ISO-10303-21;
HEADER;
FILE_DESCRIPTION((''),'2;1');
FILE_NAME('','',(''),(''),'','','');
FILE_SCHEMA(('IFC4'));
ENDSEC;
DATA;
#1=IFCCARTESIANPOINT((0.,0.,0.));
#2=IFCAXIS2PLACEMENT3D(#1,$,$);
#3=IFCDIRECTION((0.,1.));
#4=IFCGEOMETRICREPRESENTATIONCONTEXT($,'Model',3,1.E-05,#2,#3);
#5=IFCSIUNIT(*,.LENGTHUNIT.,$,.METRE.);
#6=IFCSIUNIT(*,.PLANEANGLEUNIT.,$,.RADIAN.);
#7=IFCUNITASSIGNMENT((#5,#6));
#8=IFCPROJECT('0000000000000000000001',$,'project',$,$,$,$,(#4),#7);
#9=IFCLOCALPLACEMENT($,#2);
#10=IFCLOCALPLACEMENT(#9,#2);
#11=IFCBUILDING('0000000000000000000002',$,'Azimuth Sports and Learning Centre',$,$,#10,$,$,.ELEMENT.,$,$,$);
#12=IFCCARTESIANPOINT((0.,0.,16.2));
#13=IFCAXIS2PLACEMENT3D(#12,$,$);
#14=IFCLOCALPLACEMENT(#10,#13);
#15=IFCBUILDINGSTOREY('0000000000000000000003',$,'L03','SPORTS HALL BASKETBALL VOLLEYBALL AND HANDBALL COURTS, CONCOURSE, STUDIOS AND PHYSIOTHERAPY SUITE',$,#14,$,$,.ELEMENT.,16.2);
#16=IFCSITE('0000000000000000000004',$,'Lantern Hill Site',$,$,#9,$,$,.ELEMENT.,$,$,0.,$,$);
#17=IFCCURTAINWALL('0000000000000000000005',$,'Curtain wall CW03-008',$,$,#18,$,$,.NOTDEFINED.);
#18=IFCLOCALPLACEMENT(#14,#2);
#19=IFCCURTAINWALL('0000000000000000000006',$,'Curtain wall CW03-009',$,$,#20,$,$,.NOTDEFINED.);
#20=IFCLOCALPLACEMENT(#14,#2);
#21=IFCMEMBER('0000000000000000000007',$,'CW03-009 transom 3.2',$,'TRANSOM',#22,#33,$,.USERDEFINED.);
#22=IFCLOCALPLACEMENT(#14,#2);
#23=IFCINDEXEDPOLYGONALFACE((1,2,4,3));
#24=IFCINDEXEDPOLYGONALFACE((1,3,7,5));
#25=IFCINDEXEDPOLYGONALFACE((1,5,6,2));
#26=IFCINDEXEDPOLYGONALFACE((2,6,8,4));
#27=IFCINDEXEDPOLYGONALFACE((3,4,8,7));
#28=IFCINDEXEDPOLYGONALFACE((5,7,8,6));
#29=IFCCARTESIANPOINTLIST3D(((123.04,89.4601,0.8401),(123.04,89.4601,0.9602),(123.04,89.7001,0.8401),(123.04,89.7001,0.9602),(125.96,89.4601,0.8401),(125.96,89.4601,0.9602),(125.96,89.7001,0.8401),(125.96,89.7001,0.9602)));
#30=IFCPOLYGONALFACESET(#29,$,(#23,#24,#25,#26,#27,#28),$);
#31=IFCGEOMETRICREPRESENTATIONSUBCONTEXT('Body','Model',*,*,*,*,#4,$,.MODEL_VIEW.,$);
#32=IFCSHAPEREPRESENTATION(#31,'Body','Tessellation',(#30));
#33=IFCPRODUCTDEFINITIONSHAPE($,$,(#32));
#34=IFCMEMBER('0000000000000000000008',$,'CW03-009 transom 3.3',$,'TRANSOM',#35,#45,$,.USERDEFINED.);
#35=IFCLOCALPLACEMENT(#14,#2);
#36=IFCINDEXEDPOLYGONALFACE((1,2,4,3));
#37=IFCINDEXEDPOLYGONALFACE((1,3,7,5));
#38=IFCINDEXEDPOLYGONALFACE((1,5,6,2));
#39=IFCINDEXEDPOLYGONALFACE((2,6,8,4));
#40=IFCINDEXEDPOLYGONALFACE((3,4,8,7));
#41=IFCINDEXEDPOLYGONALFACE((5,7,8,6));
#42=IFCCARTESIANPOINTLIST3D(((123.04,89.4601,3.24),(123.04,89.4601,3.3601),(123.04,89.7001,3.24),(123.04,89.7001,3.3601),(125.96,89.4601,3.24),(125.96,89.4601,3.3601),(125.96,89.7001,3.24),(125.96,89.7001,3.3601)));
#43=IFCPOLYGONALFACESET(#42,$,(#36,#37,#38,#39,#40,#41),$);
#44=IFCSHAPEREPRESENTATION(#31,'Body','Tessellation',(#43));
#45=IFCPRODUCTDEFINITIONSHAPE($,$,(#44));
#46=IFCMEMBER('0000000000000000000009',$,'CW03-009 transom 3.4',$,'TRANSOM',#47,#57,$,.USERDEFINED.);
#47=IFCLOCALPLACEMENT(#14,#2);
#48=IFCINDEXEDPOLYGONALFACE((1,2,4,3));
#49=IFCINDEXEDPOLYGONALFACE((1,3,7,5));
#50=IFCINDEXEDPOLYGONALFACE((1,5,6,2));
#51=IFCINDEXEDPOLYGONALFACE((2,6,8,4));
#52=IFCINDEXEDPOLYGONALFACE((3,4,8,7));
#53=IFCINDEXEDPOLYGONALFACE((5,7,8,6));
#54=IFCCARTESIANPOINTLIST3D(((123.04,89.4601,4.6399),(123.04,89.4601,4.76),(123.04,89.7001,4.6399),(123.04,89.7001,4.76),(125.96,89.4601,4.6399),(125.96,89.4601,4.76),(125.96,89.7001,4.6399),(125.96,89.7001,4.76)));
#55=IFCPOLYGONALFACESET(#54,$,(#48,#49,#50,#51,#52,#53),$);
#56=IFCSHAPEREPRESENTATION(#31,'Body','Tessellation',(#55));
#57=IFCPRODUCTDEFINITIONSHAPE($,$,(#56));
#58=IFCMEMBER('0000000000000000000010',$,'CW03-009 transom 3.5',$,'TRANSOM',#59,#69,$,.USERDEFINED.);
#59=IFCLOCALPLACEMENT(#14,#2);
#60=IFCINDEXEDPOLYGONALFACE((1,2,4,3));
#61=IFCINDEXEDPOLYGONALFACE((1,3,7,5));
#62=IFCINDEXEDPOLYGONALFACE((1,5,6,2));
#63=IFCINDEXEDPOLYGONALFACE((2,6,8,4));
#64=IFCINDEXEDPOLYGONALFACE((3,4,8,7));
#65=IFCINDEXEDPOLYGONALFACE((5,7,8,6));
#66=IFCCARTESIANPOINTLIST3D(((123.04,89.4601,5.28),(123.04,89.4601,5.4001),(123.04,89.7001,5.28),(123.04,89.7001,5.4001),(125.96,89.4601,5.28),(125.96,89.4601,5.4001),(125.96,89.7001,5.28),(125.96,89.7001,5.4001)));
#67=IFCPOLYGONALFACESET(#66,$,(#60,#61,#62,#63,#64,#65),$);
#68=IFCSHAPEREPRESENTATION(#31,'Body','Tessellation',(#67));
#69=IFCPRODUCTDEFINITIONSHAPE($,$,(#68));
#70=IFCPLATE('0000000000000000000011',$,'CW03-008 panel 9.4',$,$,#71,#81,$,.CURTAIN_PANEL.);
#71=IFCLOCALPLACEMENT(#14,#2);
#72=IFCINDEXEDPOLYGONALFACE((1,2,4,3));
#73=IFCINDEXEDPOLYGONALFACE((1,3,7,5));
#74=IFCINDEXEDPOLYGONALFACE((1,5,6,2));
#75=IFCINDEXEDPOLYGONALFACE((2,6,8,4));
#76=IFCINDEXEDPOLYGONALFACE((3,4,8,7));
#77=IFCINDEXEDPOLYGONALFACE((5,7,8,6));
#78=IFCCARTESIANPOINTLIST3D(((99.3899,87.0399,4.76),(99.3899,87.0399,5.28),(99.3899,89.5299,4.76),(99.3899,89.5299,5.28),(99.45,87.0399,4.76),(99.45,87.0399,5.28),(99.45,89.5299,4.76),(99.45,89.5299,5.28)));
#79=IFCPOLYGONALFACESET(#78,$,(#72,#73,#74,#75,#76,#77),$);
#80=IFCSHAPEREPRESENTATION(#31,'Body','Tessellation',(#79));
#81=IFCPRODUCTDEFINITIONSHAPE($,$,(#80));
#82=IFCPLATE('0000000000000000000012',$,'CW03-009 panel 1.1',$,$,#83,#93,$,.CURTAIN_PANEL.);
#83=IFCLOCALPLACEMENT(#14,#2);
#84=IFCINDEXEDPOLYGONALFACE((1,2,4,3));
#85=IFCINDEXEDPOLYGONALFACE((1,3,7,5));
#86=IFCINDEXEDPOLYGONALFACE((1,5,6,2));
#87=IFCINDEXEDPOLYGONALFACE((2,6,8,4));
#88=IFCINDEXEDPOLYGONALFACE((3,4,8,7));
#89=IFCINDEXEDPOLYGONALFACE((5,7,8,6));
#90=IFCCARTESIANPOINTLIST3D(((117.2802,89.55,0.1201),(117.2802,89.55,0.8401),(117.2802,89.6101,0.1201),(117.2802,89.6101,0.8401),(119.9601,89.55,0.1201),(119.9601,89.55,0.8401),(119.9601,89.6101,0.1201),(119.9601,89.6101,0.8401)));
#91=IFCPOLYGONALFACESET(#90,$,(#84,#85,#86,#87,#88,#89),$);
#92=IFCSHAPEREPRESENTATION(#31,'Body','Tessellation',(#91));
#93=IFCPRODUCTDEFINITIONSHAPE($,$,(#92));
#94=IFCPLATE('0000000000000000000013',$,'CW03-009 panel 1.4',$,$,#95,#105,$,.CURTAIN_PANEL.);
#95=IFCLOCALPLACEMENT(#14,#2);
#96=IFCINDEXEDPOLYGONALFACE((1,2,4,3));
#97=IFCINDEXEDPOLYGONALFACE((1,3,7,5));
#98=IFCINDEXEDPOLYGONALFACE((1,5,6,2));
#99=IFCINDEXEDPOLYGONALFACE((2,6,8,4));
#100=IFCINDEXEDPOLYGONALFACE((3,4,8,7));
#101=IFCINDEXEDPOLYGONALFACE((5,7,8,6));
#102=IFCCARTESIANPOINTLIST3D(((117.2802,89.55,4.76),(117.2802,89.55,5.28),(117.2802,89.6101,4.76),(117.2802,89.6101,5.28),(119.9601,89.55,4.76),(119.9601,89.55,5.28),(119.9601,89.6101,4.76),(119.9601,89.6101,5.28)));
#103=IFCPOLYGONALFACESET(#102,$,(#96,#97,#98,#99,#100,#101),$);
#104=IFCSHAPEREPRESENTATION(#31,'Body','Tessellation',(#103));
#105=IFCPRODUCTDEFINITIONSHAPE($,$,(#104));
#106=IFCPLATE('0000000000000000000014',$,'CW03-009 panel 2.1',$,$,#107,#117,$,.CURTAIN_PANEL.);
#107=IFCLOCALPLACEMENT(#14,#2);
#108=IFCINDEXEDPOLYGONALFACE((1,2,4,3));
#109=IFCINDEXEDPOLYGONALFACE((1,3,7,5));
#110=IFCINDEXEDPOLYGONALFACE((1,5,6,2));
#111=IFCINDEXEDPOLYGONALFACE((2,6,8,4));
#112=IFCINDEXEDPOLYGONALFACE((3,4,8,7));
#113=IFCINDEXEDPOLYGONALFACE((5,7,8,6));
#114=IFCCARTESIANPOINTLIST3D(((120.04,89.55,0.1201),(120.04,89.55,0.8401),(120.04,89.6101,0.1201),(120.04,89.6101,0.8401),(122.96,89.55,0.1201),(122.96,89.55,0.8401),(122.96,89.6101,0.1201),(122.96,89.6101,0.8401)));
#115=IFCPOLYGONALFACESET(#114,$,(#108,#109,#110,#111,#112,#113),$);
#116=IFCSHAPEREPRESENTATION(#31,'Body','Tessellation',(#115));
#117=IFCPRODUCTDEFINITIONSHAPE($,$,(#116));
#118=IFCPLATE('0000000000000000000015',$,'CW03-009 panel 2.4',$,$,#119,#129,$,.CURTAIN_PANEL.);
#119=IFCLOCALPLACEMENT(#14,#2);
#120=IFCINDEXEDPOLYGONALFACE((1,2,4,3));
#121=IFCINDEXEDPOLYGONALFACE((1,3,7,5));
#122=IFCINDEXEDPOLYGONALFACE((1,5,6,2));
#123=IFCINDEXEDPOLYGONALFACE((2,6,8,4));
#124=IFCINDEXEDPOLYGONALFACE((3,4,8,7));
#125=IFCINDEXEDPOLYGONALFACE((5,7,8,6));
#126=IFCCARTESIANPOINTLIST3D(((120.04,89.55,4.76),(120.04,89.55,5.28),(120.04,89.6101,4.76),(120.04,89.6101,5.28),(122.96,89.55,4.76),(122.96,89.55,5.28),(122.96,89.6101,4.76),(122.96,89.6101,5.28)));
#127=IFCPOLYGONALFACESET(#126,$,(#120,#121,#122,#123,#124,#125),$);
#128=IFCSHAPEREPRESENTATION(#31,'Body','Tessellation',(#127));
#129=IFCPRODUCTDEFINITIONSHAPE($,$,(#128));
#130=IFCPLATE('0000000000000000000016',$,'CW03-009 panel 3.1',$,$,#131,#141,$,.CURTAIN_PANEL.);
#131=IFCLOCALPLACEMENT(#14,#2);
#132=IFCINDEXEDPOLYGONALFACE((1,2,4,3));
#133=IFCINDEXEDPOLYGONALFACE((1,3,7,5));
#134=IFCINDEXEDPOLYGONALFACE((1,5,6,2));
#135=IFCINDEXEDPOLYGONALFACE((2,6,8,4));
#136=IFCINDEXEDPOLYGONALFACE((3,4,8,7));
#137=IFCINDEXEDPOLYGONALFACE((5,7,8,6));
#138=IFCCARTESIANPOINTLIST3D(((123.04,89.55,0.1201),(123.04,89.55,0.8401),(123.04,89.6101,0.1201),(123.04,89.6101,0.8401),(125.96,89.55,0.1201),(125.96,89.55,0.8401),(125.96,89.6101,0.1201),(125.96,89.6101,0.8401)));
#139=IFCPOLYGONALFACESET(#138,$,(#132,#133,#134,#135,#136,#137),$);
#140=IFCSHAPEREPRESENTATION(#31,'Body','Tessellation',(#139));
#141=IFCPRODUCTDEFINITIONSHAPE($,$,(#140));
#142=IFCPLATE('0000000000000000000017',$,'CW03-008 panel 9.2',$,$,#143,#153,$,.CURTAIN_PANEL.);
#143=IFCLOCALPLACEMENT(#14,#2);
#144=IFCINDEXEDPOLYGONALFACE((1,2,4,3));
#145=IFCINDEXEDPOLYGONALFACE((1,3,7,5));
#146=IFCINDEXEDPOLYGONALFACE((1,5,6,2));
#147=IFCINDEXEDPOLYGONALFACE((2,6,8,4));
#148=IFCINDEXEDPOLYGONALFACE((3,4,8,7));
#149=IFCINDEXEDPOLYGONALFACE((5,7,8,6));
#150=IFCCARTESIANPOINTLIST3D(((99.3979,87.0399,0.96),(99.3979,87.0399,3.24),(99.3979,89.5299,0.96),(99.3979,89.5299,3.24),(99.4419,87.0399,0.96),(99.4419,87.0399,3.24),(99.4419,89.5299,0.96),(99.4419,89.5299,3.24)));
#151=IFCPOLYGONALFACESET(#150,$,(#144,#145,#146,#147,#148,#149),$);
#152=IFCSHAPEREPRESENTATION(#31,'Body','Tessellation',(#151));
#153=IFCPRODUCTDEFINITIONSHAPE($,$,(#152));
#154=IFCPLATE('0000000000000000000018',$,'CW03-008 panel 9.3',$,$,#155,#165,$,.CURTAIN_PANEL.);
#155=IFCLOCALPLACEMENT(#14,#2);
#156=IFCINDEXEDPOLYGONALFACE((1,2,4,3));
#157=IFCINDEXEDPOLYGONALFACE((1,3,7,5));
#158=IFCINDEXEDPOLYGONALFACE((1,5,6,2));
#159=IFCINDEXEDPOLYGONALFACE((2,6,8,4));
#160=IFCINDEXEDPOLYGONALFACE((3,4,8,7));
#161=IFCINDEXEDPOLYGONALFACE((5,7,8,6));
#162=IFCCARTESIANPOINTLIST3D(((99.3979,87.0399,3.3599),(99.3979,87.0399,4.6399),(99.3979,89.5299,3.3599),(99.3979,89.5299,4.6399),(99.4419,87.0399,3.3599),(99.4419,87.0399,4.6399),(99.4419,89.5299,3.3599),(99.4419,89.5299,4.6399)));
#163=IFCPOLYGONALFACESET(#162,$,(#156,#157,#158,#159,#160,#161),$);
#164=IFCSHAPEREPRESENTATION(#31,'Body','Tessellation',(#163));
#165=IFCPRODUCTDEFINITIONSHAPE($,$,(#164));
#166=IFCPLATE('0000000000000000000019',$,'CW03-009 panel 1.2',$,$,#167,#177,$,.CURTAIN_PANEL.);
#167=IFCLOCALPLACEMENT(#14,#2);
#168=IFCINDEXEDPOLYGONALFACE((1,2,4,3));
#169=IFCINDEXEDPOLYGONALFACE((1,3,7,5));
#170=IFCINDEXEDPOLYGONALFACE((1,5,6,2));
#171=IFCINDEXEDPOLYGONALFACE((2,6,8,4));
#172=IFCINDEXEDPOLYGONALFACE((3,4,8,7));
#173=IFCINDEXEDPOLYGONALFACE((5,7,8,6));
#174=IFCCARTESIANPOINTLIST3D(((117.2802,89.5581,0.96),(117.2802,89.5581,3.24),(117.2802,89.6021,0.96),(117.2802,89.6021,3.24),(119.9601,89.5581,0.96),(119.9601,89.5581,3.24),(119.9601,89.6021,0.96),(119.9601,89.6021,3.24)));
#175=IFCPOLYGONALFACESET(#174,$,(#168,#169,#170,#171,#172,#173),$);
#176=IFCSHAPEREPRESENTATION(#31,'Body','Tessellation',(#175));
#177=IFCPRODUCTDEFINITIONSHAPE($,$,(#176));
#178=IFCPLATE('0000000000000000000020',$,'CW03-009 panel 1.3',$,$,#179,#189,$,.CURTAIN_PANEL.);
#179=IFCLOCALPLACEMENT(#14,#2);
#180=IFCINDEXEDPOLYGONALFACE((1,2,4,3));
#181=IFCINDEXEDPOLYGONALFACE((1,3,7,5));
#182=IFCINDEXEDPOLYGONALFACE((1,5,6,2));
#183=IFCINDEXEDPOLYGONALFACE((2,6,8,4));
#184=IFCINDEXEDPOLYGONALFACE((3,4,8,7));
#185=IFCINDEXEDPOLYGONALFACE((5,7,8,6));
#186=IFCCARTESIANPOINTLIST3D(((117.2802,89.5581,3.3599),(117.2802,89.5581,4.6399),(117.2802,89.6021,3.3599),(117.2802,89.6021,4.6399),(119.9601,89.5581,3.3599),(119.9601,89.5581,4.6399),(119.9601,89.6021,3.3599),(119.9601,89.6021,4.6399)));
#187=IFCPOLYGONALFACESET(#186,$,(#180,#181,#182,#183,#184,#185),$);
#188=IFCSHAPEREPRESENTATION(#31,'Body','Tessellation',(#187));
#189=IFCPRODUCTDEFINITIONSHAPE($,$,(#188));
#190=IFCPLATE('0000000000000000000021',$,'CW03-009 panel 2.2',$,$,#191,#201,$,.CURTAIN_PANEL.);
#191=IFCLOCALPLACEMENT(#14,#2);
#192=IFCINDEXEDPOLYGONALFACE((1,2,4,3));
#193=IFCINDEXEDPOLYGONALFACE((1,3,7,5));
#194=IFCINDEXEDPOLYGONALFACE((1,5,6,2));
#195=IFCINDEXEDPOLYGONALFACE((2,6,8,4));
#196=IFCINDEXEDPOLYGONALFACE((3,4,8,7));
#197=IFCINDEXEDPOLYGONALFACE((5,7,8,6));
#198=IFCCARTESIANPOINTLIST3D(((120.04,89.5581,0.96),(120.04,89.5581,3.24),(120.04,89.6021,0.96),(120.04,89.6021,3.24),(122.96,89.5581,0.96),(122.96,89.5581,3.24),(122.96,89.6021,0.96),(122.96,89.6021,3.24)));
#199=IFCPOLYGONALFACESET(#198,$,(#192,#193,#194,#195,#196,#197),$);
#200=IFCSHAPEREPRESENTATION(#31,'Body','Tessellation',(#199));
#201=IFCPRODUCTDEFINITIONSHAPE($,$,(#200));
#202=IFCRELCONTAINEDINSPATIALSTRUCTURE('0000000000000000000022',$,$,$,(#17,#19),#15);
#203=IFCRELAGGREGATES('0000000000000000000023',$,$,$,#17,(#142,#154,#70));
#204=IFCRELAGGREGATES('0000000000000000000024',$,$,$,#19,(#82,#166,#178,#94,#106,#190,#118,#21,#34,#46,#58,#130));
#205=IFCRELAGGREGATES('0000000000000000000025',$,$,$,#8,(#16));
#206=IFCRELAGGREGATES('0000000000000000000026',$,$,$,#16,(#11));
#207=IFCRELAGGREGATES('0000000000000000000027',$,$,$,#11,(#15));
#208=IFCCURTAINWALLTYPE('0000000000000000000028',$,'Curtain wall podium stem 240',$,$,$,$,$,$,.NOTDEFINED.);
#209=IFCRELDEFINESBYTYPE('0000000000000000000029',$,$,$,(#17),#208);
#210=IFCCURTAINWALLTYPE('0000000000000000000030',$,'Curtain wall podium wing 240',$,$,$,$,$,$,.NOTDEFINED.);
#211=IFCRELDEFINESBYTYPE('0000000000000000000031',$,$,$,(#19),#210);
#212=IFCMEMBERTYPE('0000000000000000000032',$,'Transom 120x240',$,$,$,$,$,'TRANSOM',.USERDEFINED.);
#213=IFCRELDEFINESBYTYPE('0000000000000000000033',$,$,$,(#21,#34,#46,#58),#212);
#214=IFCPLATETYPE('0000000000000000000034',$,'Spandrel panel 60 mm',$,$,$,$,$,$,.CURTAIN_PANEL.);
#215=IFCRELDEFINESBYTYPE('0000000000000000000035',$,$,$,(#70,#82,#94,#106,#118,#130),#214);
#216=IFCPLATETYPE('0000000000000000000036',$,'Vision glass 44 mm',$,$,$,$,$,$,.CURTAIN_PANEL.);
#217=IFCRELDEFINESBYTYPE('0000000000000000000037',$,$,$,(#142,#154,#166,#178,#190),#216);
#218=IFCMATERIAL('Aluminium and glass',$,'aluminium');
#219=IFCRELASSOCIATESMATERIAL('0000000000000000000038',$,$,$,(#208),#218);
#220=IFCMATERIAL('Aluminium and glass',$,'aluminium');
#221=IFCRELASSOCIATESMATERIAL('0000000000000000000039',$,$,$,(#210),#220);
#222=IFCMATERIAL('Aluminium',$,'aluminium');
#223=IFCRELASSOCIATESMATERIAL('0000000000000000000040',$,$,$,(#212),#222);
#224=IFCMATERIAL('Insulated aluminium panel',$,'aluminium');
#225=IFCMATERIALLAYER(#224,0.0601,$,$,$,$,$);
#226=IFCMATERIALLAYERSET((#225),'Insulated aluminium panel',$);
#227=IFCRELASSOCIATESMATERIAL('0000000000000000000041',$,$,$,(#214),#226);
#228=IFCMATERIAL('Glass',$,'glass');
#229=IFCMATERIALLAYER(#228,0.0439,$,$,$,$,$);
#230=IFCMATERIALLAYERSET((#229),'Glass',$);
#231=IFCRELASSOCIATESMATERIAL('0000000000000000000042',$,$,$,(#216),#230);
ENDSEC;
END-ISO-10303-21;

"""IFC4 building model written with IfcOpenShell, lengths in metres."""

from ifc_helpers import new_model, si_unit, direction, frame, origin, origin_2d, place, context, subcontext, project, spatial, rectangle, extrude, material, layer, layer_set, material_profile, profile_set, type_object, element, aggregate, save


model = new_model("IFC4")

# Units and contexts
model_context = context("Model", 3, precision=1e-05, world=origin(), true_north=direction((0.0, 1.0)))
body_context = subcontext(model_context, "Body", "Model", "MODEL_VIEW")
ifc_project = project(units=[si_unit("LENGTHUNIT", "METRE"), si_unit("PLANEANGLEUNIT", "RADIAN")], contexts=[model_context])

# Site, building, storey
site_placement = place(None, origin())
site = spatial("IfcSite", under=ifc_project, at=site_placement, Name="Lantern Hill Site", CompositionType="ELEMENT", RefElevation=0.0)
building_placement = place(site_placement, origin())
building = spatial("IfcBuilding", under=site, at=building_placement, Name="Azimuth Sports and Learning Centre", CompositionType="ELEMENT")
storey_placement = place(building_placement, frame((0.0, 0.0, 16.2)))
storey = spatial("IfcBuildingStorey", under=building, at=storey_placement, Name="L03", Description="SPORTS HALL BASKETBALL VOLLEYBALL AND HANDBALL COURTS, CONCOURSE, STUDIOS AND PHYSIOTHERAPY SUITE", CompositionType="ELEMENT", Elevation=16.2)

# Curtain wall
ifc_material_1 = material(Name="Aluminium and glass", Category="aluminium")
curtain_wall_type_1 = type_object("IfcCurtainWallType", Name="Curtain wall podium stem 240", PredefinedType="NOTDEFINED", material=ifc_material_1)
curtain_wall_1_placement = place(storey_placement, origin())
curtain_wall_1 = element("IfcCurtainWall", 1, at=curtain_wall_1_placement, inside=storey, type_object=curtain_wall_type_1, Name="Curtain wall CW03-008", PredefinedType="NOTDEFINED")

# Curtain wall, members
ifc_material_2 = material(Name="Aluminium and glass", Category="aluminium")
curtain_wall_type_2 = type_object("IfcCurtainWallType", Name="Curtain wall podium wing 240", PredefinedType="NOTDEFINED", material=ifc_material_2)
curtain_wall_2_placement = place(storey_placement, origin())
curtain_wall_2 = element("IfcCurtainWall", 2, at=curtain_wall_2_placement, inside=storey, type_object=curtain_wall_type_2, Name="Curtain wall CW03-009", PredefinedType="NOTDEFINED")
ifc_material_3 = material(Name="Aluminium", Category="aluminium")
ifc_material_profile_1 = material_profile(ifc_material_3, rectangle(XDim=0.24, YDim=0.1201, at=origin_2d()), Name="Transom 120x240")
ifc_profile_set_1 = profile_set([ifc_material_profile_1], Name="Aluminium")
member_type_1 = type_object("IfcMemberType", Name="Transom 120x240", ElementType="TRANSOM", PredefinedType="USERDEFINED", material=ifc_profile_set_1)
member_1_placement = place(storey_placement, frame((123.04, 89.5801, 0.9001), z_axis=(1.0, 0.0, 0.0), x_axis=(0.0, 1.0, 0.0)))
member_1 = element("IfcMember", 3, at=member_1_placement, type_object=member_type_1, Name="CW03-009 transom 3.2", ObjectType="TRANSOM", PredefinedType="USERDEFINED", context=body_context, shape_type="SweptSolid", body=[
    extrude(rectangle(XDim=0.24, YDim=0.1201, at=origin_2d()), origin(), (0.0, 0.0, 1.0), 2.9199),
])
member_2_placement = place(storey_placement, frame((123.04, 89.5801, 3.3), z_axis=(1.0, 0.0, 0.0), x_axis=(0.0, 1.0, 0.0)))
member_2 = element("IfcMember", 4, at=member_2_placement, type_object=member_type_1, Name="CW03-009 transom 3.3", ObjectType="TRANSOM", PredefinedType="USERDEFINED", context=body_context, shape_type="SweptSolid", body=[
    extrude(rectangle(XDim=0.24, YDim=0.1201, at=origin_2d()), origin(), (0.0, 0.0, 1.0), 2.9199),
])
member_3_placement = place(storey_placement, frame((123.04, 89.5801, 4.7), z_axis=(1.0, 0.0, 0.0), x_axis=(0.0, 1.0, 0.0)))
member_3 = element("IfcMember", 5, at=member_3_placement, type_object=member_type_1, Name="CW03-009 transom 3.4", ObjectType="TRANSOM", PredefinedType="USERDEFINED", context=body_context, shape_type="SweptSolid", body=[
    extrude(rectangle(XDim=0.24, YDim=0.1201, at=origin_2d()), origin(), (0.0, 0.0, 1.0), 2.9199),
])
member_4_placement = place(storey_placement, frame((123.04, 89.5801, 5.3401), z_axis=(1.0, 0.0, 0.0), x_axis=(0.0, 1.0, 0.0)))
member_4 = element("IfcMember", 6, at=member_4_placement, type_object=member_type_1, Name="CW03-009 transom 3.5", ObjectType="TRANSOM", PredefinedType="USERDEFINED", context=body_context, shape_type="SweptSolid", body=[
    extrude(rectangle(XDim=0.24, YDim=0.1201, at=origin_2d()), origin(), (0.0, 0.0, 1.0), 2.9199),
])

# Plates
ifc_material_4 = material(Name="Insulated aluminium panel", Category="aluminium")
ifc_layer_1 = layer(ifc_material_4, 0.0601)
ifc_layer_set_1 = layer_set([ifc_layer_1], Name="Insulated aluminium panel")
plate_type_1 = type_object("IfcPlateType", Name="Spandrel panel 60 mm", PredefinedType="CURTAIN_PANEL", material=ifc_layer_set_1)
plate_1_placement = place(storey_placement, frame((99.4199, 88.2849, 4.76), z_axis=(0.0, 0.0, 1.0), x_axis=(0.0, 1.0, 0.0)))
plate_1 = element("IfcPlate", 7, at=plate_1_placement, type_object=plate_type_1, Name="CW03-008 panel 9.4", PredefinedType="CURTAIN_PANEL", context=body_context, shape_type="SweptSolid", body=[
    extrude(rectangle(XDim=2.49, YDim=0.0601, at=origin_2d()), origin(), (0.0, 0.0, 1.0), 0.52),
])
plate_2_placement = place(storey_placement, frame((118.6201, 89.5801, 0.1201), z_axis=(0.0, 0.0, 1.0), x_axis=(1.0, 0.0, 0.0)))
plate_2 = element("IfcPlate", 8, at=plate_2_placement, type_object=plate_type_1, Name="CW03-009 panel 1.1", PredefinedType="CURTAIN_PANEL", context=body_context, shape_type="SweptSolid", body=[
    extrude(rectangle(XDim=2.6799, YDim=0.0601, at=origin_2d()), origin(), (0.0, 0.0, 1.0), 0.72),
])
plate_3_placement = place(storey_placement, frame((118.6201, 89.5801, 4.76), z_axis=(0.0, 0.0, 1.0), x_axis=(1.0, 0.0, 0.0)))
plate_3 = element("IfcPlate", 9, at=plate_3_placement, type_object=plate_type_1, Name="CW03-009 panel 1.4", PredefinedType="CURTAIN_PANEL", context=body_context, shape_type="SweptSolid", body=[
    extrude(rectangle(XDim=2.6799, YDim=0.0601, at=origin_2d()), origin(), (0.0, 0.0, 1.0), 0.52),
])
plate_4_placement = place(storey_placement, frame((121.5, 89.5801, 0.1201), z_axis=(0.0, 0.0, 1.0), x_axis=(1.0, 0.0, 0.0)))
plate_4 = element("IfcPlate", 10, at=plate_4_placement, type_object=plate_type_1, Name="CW03-009 panel 2.1", PredefinedType="CURTAIN_PANEL", context=body_context, shape_type="SweptSolid", body=[
    extrude(rectangle(XDim=2.9199, YDim=0.0601, at=origin_2d()), origin(), (0.0, 0.0, 1.0), 0.72),
])
plate_5_placement = place(storey_placement, frame((121.5, 89.5801, 4.76), z_axis=(0.0, 0.0, 1.0), x_axis=(1.0, 0.0, 0.0)))
plate_5 = element("IfcPlate", 11, at=plate_5_placement, type_object=plate_type_1, Name="CW03-009 panel 2.4", PredefinedType="CURTAIN_PANEL", context=body_context, shape_type="SweptSolid", body=[
    extrude(rectangle(XDim=2.9199, YDim=0.0601, at=origin_2d()), origin(), (0.0, 0.0, 1.0), 0.52),
])
plate_6_placement = place(storey_placement, frame((124.5, 89.5801, 0.1201), z_axis=(0.0, 0.0, 1.0), x_axis=(1.0, 0.0, 0.0)))
plate_6 = element("IfcPlate", 12, at=plate_6_placement, type_object=plate_type_1, Name="CW03-009 panel 3.1", PredefinedType="CURTAIN_PANEL", context=body_context, shape_type="SweptSolid", body=[
    extrude(rectangle(XDim=2.9199, YDim=0.0601, at=origin_2d()), origin(), (0.0, 0.0, 1.0), 0.72),
])
ifc_material_5 = material(Name="Glass", Category="glass")
ifc_layer_2 = layer(ifc_material_5, 0.0439)
ifc_layer_set_2 = layer_set([ifc_layer_2], Name="Glass")
plate_type_2 = type_object("IfcPlateType", Name="Vision glass 44 mm", PredefinedType="CURTAIN_PANEL", material=ifc_layer_set_2)
plate_7_placement = place(storey_placement, frame((99.4199, 88.2849, 0.96), z_axis=(0.0, 0.0, 1.0), x_axis=(0.0, 1.0, 0.0)))
plate_7 = element("IfcPlate", 13, at=plate_7_placement, type_object=plate_type_2, Name="CW03-008 panel 9.2", PredefinedType="CURTAIN_PANEL", context=body_context, shape_type="SweptSolid", body=[
    extrude(rectangle(XDim=2.49, YDim=0.0439, at=origin_2d()), origin(), (0.0, 0.0, 1.0), 2.28),
])
plate_8_placement = place(storey_placement, frame((99.4199, 88.2849, 3.3599), z_axis=(0.0, 0.0, 1.0), x_axis=(0.0, 1.0, 0.0)))
plate_8 = element("IfcPlate", 14, at=plate_8_placement, type_object=plate_type_2, Name="CW03-008 panel 9.3", PredefinedType="CURTAIN_PANEL", context=body_context, shape_type="SweptSolid", body=[
    extrude(rectangle(XDim=2.49, YDim=0.0439, at=origin_2d()), origin(), (0.0, 0.0, 1.0), 1.28),
])
aggregate(curtain_wall_1, [plate_7, plate_8, plate_1])
plate_9_placement = place(storey_placement, frame((118.6201, 89.5801, 0.96), z_axis=(0.0, 0.0, 1.0), x_axis=(1.0, 0.0, 0.0)))
plate_9 = element("IfcPlate", 15, at=plate_9_placement, type_object=plate_type_2, Name="CW03-009 panel 1.2", PredefinedType="CURTAIN_PANEL", context=body_context, shape_type="SweptSolid", body=[
    extrude(rectangle(XDim=2.6799, YDim=0.0439, at=origin_2d()), origin(), (0.0, 0.0, 1.0), 2.28),
])
plate_10_placement = place(storey_placement, frame((118.6201, 89.5801, 3.3599), z_axis=(0.0, 0.0, 1.0), x_axis=(1.0, 0.0, 0.0)))
plate_10 = element("IfcPlate", 16, at=plate_10_placement, type_object=plate_type_2, Name="CW03-009 panel 1.3", PredefinedType="CURTAIN_PANEL", context=body_context, shape_type="SweptSolid", body=[
    extrude(rectangle(XDim=2.6799, YDim=0.0439, at=origin_2d()), origin(), (0.0, 0.0, 1.0), 1.28),
])
plate_11_placement = place(storey_placement, frame((121.5, 89.5801, 0.96), z_axis=(0.0, 0.0, 1.0), x_axis=(1.0, 0.0, 0.0)))
plate_11 = element("IfcPlate", 17, at=plate_11_placement, type_object=plate_type_2, Name="CW03-009 panel 2.2", PredefinedType="CURTAIN_PANEL", context=body_context, shape_type="SweptSolid", body=[
    extrude(rectangle(XDim=2.9199, YDim=0.0439, at=origin_2d()), origin(), (0.0, 0.0, 1.0), 2.28),
])
aggregate(curtain_wall_2, [plate_2, plate_9, plate_10, plate_3, plate_4, plate_11, plate_5, member_1, member_2, member_3, member_4, plate_6])

save(model, "model.ifc")
